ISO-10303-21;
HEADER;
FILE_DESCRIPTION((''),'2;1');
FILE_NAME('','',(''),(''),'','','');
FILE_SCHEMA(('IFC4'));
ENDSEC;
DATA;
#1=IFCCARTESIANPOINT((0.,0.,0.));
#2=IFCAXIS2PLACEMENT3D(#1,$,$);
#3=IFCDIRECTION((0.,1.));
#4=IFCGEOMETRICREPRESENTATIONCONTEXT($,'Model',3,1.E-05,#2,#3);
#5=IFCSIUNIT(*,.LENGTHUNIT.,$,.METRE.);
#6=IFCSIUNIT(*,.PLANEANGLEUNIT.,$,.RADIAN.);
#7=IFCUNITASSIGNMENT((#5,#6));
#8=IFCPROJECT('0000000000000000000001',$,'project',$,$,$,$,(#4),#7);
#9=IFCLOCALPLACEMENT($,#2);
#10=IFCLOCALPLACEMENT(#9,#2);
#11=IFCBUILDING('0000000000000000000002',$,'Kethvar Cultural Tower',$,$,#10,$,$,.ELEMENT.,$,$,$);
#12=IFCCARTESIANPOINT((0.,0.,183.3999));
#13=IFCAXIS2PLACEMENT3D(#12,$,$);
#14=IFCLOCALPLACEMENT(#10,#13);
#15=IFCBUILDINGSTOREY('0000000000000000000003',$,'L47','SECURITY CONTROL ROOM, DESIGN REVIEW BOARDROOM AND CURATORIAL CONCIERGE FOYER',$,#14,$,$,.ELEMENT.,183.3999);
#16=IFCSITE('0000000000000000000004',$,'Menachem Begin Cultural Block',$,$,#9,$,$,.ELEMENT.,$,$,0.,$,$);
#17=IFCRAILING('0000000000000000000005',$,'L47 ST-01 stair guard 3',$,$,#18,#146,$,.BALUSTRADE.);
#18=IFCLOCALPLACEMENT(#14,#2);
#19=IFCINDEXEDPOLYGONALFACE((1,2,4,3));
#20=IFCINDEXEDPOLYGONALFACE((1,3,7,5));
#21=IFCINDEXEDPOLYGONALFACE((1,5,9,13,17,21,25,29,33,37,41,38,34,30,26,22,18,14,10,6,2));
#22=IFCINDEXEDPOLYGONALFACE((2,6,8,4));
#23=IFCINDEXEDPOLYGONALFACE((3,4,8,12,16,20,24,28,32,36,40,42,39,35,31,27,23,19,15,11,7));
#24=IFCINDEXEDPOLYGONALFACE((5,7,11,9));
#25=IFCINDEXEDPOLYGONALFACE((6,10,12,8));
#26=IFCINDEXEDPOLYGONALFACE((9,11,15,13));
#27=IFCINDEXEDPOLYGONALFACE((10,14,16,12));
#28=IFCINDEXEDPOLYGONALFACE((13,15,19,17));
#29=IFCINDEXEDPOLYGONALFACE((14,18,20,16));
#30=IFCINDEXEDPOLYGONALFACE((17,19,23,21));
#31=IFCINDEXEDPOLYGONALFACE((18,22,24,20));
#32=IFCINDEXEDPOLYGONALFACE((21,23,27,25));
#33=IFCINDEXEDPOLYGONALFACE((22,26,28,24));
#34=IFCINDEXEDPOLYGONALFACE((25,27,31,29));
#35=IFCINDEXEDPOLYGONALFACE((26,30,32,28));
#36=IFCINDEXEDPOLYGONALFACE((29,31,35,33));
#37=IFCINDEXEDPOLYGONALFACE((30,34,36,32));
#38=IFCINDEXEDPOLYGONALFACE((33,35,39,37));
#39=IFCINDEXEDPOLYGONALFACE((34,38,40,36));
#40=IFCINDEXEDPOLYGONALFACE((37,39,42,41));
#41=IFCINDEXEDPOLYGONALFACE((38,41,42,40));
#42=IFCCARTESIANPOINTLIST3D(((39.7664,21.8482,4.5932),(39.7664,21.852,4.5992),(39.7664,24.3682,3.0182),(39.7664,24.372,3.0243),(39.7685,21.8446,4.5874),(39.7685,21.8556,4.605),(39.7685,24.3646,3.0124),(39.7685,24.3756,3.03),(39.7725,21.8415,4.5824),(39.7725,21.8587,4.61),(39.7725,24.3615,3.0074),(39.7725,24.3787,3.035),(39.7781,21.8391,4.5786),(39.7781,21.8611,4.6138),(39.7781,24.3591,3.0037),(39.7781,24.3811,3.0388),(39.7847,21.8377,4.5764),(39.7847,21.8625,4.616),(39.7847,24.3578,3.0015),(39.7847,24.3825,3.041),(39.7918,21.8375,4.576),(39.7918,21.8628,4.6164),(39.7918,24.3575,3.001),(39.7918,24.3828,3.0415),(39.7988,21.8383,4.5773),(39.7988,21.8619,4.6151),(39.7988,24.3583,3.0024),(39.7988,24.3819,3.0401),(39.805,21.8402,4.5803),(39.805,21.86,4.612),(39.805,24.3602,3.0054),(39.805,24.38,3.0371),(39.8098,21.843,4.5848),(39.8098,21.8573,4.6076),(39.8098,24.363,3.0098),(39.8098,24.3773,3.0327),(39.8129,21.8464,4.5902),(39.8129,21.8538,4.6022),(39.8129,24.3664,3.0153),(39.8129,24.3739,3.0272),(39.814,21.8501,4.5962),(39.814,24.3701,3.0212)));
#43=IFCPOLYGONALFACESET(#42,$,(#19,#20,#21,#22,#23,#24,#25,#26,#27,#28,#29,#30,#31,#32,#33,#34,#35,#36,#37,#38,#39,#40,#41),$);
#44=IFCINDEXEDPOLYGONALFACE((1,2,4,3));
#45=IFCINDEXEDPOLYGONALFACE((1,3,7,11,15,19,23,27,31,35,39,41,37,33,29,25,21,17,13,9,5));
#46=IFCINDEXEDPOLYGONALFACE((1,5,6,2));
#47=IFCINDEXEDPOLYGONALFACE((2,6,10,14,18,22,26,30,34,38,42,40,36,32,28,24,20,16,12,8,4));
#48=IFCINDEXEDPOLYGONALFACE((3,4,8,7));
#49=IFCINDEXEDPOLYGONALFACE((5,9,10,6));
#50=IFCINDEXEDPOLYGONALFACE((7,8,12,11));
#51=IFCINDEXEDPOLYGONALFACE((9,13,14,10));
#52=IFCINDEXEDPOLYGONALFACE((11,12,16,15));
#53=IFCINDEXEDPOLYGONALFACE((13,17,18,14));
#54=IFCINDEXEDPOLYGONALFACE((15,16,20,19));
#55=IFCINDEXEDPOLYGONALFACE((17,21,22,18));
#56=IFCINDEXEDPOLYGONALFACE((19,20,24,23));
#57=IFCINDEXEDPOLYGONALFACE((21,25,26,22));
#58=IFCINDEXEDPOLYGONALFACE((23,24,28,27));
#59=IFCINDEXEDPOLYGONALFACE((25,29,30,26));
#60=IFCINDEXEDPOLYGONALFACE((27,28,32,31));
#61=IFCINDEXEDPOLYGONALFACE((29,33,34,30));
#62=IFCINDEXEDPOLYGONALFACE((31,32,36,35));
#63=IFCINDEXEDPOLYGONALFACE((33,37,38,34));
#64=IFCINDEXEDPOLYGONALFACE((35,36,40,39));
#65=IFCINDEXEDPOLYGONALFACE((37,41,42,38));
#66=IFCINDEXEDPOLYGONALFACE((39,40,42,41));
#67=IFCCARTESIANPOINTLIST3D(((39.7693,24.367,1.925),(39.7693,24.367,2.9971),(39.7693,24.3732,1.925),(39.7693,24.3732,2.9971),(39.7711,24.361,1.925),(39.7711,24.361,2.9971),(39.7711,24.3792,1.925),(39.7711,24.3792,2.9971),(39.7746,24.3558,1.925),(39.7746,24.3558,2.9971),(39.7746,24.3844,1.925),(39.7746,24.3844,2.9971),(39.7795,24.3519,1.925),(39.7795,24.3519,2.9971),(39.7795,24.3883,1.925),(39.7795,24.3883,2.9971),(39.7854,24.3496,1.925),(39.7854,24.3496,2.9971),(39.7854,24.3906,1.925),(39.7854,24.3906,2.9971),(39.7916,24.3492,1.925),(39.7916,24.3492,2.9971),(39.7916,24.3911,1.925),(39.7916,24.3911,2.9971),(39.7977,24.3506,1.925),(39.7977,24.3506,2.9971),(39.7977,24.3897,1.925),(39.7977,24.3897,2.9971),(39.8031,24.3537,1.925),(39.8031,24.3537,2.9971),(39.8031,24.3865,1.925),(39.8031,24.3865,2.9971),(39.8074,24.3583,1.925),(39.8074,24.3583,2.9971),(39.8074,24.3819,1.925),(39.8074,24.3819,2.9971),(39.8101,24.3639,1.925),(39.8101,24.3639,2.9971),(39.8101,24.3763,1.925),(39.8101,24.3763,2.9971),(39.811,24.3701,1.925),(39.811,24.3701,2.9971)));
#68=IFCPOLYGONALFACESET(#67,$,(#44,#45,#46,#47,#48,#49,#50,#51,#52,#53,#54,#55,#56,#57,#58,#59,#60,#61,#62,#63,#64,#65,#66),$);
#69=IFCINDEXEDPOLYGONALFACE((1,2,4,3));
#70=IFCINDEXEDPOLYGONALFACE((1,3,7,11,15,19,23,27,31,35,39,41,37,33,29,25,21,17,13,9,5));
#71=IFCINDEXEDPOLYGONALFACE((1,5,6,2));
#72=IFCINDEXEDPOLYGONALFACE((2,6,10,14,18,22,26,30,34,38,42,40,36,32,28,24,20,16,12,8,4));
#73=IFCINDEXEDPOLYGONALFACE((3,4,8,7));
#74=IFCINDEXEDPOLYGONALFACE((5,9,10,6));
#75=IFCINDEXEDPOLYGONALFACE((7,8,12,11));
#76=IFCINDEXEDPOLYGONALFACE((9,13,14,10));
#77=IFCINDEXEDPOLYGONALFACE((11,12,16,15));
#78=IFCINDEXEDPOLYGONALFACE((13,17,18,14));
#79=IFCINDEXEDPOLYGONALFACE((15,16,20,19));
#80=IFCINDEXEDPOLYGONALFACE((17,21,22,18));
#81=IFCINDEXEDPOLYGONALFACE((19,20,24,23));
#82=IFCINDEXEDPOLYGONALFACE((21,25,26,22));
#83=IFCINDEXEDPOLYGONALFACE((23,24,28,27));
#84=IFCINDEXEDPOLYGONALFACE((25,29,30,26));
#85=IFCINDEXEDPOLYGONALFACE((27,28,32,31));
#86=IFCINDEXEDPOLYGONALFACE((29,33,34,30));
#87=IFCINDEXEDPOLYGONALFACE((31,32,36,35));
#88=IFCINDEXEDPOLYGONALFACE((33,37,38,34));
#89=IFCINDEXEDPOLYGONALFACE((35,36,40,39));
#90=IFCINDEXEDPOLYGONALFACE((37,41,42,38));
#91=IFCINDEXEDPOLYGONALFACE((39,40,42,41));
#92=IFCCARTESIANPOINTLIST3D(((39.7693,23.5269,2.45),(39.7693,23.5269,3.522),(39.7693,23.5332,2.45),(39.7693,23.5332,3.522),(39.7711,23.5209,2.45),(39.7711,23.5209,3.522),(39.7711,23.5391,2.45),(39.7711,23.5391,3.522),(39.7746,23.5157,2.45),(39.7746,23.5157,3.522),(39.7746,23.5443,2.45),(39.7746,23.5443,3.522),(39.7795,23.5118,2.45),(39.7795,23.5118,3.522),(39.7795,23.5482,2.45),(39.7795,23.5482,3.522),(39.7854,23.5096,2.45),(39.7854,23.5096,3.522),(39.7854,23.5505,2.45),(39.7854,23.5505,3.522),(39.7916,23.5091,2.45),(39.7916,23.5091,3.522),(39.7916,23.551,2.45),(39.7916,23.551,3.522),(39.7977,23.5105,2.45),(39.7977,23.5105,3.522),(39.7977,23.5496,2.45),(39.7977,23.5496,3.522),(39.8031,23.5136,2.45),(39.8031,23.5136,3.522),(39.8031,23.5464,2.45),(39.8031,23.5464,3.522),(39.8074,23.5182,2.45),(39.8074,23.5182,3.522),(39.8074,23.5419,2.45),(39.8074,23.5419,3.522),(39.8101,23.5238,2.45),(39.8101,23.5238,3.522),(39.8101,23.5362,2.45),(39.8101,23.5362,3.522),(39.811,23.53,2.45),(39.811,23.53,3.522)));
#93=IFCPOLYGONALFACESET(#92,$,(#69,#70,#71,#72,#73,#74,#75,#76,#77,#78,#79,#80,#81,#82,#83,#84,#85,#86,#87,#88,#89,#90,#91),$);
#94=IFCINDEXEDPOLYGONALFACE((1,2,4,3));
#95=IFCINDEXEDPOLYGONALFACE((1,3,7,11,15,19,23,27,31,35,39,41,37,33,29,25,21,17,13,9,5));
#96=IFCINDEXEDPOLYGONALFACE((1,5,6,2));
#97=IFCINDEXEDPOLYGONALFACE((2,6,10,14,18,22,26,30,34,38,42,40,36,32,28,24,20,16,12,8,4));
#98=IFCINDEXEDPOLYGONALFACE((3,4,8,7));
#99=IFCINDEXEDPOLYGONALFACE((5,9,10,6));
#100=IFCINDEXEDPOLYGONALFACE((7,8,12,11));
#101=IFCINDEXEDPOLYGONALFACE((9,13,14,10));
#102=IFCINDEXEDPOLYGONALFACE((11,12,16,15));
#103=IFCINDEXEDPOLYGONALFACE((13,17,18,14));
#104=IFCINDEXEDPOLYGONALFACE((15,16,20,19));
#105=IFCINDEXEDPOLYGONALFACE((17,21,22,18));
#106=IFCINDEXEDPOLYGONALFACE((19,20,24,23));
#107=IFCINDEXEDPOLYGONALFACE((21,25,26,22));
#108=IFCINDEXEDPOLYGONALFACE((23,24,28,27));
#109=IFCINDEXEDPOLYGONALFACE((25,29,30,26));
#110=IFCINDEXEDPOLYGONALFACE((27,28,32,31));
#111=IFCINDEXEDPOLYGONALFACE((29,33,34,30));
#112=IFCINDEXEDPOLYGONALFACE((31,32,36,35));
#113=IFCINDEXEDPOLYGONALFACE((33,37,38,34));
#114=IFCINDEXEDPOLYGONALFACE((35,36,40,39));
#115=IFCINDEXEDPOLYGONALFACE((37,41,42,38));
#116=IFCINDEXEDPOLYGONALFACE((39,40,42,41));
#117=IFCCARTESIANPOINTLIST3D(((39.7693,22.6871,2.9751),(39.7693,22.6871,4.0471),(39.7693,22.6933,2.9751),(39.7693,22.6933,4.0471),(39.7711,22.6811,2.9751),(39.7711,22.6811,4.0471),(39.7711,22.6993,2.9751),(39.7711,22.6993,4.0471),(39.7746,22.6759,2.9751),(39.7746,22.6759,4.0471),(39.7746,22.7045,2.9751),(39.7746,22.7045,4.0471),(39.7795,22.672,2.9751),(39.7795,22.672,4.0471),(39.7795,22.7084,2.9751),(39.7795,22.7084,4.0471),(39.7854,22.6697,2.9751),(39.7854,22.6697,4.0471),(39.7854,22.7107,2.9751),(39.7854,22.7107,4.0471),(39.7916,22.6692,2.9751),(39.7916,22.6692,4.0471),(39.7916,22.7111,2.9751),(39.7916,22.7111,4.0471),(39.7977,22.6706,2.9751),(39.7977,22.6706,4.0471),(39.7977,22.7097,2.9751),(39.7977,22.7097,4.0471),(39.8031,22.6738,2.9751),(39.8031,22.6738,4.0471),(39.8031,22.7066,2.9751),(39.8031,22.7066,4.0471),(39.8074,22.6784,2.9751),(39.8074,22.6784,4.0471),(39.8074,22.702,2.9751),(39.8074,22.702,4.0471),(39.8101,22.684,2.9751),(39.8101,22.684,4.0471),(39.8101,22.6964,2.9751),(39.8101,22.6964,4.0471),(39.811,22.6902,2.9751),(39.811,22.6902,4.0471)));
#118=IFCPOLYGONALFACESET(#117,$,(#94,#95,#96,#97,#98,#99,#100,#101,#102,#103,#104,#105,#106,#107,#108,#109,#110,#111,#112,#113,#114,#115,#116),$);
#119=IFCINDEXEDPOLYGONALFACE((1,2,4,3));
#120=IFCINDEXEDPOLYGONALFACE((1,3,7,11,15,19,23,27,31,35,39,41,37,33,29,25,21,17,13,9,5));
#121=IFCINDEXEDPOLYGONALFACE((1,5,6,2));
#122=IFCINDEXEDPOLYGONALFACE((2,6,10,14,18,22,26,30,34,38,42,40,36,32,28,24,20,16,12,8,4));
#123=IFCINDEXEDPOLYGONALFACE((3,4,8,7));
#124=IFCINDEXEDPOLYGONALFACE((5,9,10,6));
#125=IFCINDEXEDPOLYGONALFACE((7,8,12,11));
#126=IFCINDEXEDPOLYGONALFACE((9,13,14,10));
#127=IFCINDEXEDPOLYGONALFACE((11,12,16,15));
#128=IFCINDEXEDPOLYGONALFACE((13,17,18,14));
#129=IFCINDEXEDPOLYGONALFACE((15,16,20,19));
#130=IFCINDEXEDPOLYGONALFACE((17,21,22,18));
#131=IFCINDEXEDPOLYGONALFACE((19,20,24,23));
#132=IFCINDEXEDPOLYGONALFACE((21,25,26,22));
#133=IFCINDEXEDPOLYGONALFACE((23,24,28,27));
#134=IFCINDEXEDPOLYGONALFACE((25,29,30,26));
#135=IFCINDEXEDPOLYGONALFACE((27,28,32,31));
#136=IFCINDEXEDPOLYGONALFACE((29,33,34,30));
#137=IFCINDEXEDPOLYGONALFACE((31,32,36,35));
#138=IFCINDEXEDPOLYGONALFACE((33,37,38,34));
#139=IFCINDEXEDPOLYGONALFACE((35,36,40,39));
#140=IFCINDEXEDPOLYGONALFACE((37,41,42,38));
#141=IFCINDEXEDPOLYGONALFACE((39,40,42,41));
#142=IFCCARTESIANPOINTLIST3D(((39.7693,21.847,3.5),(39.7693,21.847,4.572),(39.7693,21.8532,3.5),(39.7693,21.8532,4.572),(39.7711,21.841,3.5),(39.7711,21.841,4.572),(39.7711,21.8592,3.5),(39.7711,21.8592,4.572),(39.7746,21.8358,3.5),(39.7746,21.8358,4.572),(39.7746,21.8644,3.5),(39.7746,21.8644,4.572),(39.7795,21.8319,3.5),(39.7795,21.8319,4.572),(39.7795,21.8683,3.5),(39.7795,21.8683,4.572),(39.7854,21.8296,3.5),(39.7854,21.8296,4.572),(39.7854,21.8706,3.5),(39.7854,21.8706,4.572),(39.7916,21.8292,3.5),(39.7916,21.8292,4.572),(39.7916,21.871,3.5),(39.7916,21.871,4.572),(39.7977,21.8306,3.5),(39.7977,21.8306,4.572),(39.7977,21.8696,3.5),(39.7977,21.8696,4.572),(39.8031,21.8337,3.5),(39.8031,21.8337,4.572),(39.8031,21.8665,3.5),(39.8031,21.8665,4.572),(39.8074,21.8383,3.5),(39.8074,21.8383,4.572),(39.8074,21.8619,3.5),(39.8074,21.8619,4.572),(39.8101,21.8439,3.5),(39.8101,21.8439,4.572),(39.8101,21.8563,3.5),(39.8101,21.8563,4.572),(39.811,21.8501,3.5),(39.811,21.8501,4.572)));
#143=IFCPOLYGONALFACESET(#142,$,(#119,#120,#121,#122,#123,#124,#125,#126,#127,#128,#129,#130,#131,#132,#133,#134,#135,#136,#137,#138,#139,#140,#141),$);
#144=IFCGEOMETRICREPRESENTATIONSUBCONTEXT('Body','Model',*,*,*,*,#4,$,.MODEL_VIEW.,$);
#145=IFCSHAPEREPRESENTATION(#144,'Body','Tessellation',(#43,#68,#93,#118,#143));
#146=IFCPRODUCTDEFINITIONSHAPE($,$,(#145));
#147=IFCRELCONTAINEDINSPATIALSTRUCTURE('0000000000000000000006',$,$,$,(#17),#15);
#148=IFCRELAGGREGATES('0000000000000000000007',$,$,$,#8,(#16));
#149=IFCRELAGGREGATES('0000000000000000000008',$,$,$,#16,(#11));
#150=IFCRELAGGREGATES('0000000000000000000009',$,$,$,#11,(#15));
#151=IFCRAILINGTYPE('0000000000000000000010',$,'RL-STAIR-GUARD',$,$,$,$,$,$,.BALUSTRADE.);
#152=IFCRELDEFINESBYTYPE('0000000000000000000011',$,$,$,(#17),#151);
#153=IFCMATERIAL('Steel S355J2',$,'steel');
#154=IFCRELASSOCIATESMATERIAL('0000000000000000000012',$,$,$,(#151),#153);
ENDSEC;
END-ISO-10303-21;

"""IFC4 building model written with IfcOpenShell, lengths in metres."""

from ifc_helpers import new_model, si_unit, direction, frame, origin, origin_2d, place, context, subcontext, project, spatial, circle, extrude, material, type_object, element, save


model = new_model("IFC4")

# Units and contexts
model_context = context("Model", 3, precision=1e-05, world=origin(), true_north=direction((0.0, 1.0)))
body_context = subcontext(model_context, "Body", "Model", "MODEL_VIEW")
ifc_project = project(units=[si_unit("LENGTHUNIT", "METRE"), si_unit("PLANEANGLEUNIT", "RADIAN")], contexts=[model_context])

# Site, building, storey
site_placement = place(None, origin())
site = spatial("IfcSite", under=ifc_project, at=site_placement, Name="Menachem Begin Cultural Block", CompositionType="ELEMENT", RefElevation=0.0)
building_placement = place(site_placement, origin())
building = spatial("IfcBuilding", under=site, at=building_placement, Name="Kethvar Cultural Tower", CompositionType="ELEMENT")
storey_placement = place(building_placement, frame((0.0, 0.0, 183.3999)))
storey = spatial("IfcBuildingStorey", under=building, at=storey_placement, Name="L47", Description="SECURITY CONTROL ROOM, DESIGN REVIEW BOARDROOM AND CURATORIAL CONCIERGE FOYER", CompositionType="ELEMENT", Elevation=183.3999)

# Shared definitions
ifc_material_1 = material(Name="Steel S355J2", Category="steel")

# Railing
railing_type = type_object("IfcRailingType", Name="RL-STAIR-GUARD", PredefinedType="BALUSTRADE", material=ifc_material_1)
railing_1_placement = place(storey_placement, frame((39.79, 24.3701, 1.925)))
element("IfcRailing", 1, at=railing_1_placement, inside=storey, type_object=railing_type, Name="L47 ST-01 stair guard 3", PredefinedType="BALUSTRADE", context=body_context, shape_type="SweptSolid", body=[
    extrude(circle(Radius=0.0239, at=origin_2d()), frame((0.0, 0.0, 1.0962), z_axis=(0.0, -0.848008, 0.529984), x_axis=(1.0, 0.0, 0.0)), (0.0, 0.0, 1.0), 2.9717),
    extrude(circle(Radius=0.021, at=origin_2d()), origin(), (0.0, 0.0, 1.0), 1.072),
    extrude(circle(Radius=0.021, at=origin_2d()), frame((0.0, -0.8401, 0.5249)), (0.0, 0.0, 1.0), 1.072),
    extrude(circle(Radius=0.021, at=origin_2d()), frame((0.0, -1.6799, 1.05)), (0.0, 0.0, 1.0), 1.072),
    extrude(circle(Radius=0.021, at=origin_2d()), frame((0.0, -2.52, 1.575)), (0.0, 0.0, 1.0), 1.072),
])

save(model, "model.ifc")
